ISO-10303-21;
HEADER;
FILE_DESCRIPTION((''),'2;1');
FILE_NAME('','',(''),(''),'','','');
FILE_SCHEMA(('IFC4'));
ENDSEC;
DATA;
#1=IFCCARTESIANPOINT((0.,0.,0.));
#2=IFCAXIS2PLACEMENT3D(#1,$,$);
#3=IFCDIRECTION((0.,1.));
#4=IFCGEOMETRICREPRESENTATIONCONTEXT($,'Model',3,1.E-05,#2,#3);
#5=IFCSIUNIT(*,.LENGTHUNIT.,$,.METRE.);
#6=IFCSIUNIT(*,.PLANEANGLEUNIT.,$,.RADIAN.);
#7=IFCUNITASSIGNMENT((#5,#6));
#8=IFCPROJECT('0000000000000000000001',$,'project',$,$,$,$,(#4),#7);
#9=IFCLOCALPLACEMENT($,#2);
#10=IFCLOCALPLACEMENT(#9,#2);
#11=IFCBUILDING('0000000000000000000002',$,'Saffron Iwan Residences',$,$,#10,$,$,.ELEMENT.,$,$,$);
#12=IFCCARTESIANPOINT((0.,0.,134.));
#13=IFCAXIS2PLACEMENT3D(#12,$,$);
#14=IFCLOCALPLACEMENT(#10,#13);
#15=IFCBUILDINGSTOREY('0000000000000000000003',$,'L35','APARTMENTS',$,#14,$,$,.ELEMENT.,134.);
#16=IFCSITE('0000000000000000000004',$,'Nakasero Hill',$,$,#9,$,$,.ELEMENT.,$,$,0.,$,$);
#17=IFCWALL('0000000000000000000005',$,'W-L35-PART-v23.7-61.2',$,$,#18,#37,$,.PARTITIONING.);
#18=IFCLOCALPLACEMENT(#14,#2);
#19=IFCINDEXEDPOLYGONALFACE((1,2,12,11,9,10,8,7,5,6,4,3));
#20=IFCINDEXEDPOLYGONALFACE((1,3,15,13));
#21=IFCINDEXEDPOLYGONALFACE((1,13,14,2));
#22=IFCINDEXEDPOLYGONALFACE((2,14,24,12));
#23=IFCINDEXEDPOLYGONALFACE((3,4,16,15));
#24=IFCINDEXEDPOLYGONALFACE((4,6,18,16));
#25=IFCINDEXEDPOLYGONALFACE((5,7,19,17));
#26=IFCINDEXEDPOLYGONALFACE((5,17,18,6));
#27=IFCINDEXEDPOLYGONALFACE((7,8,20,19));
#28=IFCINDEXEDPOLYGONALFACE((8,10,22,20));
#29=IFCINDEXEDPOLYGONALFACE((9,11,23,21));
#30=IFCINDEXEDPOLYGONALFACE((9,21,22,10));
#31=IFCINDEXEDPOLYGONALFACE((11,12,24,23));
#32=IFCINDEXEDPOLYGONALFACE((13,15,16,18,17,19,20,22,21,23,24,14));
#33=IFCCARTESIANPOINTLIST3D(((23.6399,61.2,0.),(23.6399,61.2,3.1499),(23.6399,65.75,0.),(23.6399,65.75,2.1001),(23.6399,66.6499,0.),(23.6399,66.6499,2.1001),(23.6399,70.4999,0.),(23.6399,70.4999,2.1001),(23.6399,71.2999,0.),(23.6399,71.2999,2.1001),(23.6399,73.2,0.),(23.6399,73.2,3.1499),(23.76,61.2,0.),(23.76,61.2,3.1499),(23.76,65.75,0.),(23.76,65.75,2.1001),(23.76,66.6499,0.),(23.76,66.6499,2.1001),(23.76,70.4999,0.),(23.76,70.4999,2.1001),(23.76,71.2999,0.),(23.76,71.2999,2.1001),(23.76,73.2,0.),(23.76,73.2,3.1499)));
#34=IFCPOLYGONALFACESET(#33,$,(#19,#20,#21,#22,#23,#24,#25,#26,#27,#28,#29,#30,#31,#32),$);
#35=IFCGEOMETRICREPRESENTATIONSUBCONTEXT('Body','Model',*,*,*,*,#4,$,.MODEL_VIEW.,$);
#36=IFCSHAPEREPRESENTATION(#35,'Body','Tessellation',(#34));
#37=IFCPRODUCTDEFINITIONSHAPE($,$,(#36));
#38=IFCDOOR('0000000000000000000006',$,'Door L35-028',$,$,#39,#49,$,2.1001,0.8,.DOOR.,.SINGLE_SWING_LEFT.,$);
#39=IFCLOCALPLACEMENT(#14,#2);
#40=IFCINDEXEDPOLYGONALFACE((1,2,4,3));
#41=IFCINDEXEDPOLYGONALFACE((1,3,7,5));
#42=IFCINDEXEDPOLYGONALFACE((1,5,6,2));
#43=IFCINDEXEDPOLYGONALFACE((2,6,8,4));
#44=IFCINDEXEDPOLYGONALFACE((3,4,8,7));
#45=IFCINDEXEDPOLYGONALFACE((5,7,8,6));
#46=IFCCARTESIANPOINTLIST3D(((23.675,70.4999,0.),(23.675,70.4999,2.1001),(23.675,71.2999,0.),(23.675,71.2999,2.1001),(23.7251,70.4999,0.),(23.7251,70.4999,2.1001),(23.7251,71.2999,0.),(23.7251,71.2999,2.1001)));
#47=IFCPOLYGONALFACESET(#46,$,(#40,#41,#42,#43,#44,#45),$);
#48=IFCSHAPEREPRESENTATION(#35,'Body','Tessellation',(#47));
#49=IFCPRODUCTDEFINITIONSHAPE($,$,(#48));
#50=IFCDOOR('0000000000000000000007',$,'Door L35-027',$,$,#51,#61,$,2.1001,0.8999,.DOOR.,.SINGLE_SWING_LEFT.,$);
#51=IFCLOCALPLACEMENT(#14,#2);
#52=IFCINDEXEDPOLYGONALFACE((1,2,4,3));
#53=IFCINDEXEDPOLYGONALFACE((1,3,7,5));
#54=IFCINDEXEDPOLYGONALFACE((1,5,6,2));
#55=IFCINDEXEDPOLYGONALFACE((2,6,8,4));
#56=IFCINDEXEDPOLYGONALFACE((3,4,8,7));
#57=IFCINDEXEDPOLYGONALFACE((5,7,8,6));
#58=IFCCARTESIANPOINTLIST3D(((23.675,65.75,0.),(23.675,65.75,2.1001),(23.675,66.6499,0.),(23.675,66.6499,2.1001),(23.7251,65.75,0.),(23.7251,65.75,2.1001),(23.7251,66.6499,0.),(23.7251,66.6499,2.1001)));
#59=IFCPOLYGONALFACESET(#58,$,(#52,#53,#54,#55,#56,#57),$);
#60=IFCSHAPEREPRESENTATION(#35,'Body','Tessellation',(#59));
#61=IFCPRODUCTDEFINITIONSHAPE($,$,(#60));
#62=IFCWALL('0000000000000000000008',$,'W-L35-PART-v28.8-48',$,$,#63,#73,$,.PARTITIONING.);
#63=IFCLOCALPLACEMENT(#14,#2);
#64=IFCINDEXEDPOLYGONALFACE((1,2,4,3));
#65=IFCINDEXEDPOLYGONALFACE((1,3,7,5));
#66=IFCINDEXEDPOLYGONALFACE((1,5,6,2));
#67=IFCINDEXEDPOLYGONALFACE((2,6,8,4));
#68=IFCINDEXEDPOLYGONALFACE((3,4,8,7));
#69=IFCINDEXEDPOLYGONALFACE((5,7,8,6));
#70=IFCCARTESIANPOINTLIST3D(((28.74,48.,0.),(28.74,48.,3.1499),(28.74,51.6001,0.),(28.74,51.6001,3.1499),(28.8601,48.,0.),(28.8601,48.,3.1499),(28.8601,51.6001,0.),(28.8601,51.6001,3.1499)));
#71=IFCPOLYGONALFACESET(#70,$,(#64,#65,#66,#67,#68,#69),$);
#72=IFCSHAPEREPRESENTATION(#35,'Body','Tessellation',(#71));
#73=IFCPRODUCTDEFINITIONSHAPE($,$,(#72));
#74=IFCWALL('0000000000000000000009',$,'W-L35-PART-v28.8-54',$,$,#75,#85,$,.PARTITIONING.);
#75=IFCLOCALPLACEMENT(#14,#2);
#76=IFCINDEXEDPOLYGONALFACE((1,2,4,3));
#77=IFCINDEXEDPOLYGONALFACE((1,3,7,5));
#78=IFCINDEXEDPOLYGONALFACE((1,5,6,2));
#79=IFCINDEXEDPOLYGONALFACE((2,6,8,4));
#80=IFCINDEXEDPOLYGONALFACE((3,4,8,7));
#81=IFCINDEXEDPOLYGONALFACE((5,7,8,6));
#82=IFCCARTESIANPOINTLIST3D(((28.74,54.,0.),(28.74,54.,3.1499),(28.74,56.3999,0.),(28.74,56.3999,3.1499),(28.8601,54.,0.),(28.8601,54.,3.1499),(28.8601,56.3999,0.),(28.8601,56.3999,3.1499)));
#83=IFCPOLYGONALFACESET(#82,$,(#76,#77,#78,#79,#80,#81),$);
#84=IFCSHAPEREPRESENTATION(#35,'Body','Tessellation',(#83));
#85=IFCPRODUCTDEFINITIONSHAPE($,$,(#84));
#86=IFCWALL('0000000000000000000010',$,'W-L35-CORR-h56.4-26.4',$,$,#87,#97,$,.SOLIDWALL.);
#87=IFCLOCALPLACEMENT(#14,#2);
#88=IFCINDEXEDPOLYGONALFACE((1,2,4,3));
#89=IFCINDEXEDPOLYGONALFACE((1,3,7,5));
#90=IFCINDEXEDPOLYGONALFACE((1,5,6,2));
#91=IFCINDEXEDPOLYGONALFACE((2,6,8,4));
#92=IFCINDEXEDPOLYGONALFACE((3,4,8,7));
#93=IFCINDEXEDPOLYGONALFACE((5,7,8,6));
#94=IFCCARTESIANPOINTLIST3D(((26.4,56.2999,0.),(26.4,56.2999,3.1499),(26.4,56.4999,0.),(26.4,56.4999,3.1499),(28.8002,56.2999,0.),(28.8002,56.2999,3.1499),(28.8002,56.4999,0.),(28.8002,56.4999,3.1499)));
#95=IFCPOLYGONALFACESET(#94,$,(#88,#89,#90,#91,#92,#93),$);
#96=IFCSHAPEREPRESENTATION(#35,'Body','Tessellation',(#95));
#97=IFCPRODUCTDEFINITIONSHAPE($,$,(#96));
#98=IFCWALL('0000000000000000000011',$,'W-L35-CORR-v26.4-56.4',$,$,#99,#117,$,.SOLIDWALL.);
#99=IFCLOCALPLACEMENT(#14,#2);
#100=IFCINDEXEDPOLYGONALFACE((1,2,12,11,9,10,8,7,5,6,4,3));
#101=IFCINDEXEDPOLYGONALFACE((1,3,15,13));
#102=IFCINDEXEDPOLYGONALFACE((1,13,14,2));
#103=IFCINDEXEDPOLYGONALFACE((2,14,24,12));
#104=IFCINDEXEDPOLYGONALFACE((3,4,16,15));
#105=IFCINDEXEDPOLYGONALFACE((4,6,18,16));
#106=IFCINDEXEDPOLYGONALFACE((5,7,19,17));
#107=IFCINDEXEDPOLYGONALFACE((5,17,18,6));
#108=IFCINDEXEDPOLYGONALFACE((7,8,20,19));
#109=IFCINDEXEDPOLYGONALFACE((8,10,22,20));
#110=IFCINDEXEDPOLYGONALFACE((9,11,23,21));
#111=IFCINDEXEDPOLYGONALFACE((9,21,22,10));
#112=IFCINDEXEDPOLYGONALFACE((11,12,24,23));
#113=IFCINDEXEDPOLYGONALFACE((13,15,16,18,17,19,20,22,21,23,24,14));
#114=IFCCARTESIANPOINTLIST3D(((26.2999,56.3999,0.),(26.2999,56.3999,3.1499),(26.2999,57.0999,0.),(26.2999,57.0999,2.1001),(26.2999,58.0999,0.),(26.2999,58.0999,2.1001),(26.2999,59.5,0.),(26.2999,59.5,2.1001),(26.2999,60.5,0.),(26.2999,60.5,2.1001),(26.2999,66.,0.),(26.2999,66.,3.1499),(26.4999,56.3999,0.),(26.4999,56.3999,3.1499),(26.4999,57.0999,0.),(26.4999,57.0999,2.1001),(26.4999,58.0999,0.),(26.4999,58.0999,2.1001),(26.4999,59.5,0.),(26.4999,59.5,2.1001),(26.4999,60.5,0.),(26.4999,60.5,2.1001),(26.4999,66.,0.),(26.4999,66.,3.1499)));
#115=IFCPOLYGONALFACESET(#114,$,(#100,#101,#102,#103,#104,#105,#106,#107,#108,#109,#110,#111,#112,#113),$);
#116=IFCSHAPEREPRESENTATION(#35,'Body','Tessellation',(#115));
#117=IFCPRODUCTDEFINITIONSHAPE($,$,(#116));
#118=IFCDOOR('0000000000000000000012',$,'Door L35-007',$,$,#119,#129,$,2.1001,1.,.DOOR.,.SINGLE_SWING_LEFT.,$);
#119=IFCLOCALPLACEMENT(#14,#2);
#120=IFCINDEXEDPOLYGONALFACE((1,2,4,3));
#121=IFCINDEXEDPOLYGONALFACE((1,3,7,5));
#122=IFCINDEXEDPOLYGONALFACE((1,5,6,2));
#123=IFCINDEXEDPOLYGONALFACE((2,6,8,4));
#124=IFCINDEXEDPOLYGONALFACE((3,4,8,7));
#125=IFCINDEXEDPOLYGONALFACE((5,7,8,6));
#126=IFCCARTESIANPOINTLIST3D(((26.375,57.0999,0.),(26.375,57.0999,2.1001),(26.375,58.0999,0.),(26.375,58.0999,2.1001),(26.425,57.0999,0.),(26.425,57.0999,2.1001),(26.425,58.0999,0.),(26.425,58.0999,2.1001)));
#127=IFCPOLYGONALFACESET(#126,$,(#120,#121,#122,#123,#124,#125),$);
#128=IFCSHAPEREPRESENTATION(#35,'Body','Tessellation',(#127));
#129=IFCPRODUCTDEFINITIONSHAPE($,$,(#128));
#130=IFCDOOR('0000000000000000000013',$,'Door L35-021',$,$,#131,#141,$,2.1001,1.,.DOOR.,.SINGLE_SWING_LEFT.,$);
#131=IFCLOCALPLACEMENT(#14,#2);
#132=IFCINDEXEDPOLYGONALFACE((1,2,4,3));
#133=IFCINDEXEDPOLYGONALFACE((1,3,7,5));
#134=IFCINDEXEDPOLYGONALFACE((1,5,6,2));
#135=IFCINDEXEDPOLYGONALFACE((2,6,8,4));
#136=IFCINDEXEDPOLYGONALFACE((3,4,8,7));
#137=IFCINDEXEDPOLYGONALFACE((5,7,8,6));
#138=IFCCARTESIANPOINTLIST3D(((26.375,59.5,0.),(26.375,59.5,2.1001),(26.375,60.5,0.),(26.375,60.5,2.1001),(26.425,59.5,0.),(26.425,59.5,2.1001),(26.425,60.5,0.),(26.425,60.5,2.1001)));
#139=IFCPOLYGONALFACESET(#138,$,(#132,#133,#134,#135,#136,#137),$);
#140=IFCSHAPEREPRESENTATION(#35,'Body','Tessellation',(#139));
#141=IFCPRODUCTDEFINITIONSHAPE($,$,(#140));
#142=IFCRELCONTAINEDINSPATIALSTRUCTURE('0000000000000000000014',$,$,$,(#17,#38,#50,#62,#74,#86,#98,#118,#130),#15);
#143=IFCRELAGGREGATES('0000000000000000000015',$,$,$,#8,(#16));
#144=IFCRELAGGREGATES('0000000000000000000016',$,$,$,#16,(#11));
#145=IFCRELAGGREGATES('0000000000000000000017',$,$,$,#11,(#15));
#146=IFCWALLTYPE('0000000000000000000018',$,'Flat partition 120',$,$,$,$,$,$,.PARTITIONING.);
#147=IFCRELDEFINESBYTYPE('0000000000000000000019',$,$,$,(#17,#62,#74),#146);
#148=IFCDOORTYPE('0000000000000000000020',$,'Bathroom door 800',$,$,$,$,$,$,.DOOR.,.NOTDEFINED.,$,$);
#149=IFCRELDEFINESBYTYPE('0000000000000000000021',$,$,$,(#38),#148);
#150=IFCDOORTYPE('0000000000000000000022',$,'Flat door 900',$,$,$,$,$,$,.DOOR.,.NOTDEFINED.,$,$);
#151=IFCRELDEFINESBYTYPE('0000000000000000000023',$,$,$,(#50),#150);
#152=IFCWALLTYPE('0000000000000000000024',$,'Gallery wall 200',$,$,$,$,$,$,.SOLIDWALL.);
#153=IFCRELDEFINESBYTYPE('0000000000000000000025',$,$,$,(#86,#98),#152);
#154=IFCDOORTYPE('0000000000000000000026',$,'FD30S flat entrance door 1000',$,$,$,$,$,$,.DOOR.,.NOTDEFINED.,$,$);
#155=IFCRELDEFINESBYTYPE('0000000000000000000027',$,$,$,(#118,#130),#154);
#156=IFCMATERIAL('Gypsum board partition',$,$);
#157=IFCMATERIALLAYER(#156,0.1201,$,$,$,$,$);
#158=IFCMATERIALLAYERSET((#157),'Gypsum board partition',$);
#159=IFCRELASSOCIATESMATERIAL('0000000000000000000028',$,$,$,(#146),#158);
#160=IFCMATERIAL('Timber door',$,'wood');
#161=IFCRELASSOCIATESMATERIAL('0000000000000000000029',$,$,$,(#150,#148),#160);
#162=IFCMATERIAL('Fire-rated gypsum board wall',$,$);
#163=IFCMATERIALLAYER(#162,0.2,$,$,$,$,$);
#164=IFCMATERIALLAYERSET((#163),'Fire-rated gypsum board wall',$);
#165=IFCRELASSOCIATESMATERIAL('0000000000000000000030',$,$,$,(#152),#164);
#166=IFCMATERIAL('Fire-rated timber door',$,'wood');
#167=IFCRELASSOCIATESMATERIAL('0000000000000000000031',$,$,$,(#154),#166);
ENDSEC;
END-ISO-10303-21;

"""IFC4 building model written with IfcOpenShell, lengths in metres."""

from ifc_helpers import new_model, si_unit, direction, frame, frame_2d, origin, place, context, subcontext, project, spatial, rectangle, extrude, material, layer, layer_set, type_object, element, fill, save


model = new_model("IFC4")

# Units and contexts
model_context = context("Model", 3, precision=1e-05, world=origin(), true_north=direction((0.0, 1.0)))
body_context = subcontext(model_context, "Body", "Model", "MODEL_VIEW")
ifc_project = project(units=[si_unit("LENGTHUNIT", "METRE"), si_unit("PLANEANGLEUNIT", "RADIAN")], contexts=[model_context])

# Site, building, storey
site_placement = place(None, origin())
site = spatial("IfcSite", under=ifc_project, at=site_placement, Name="Nakasero Hill", CompositionType="ELEMENT", RefElevation=0.0)
building_placement = place(site_placement, origin())
building = spatial("IfcBuilding", under=site, at=building_placement, Name="Saffron Iwan Residences", CompositionType="ELEMENT")
storey_placement = place(building_placement, frame((0.0, 0.0, 134.0)))
storey = spatial("IfcBuildingStorey", under=building, at=storey_placement, Name="L35", Description="APARTMENTS", CompositionType="ELEMENT", Elevation=134.0)

# Shared definitions
ifc_material_1 = material(Name="Gypsum board partition")
ifc_layer_1 = layer(ifc_material_1, 0.1201)
ifc_layer_set_1 = layer_set([ifc_layer_1], Name="Gypsum board partition")
wall_type_1 = type_object("IfcWallType", Name="Flat partition 120", PredefinedType="PARTITIONING", material=ifc_layer_set_1)

# Shared definitions
ifc_material_2 = material(Name="Timber door", Category="wood")
door_type_1 = type_object("IfcDoorType", Name="Flat door 900", OperationType="NOTDEFINED", PredefinedType="DOOR", material=ifc_material_2)

# Wall, openings, doors
wall_1_placement = place(storey_placement, frame((23.7, 61.2, 0.0), z_axis=(0.0, 0.0, 1.0), x_axis=(0.0, 1.0, 0.0)))
wall_1 = element("IfcWall", 1, at=wall_1_placement, inside=storey, type_object=wall_type_1, Name="W-L35-PART-v23.7-61.2", PredefinedType="PARTITIONING", context=body_context, shape_type="SweptSolid", body=[
    extrude(rectangle(XDim=12.0, YDim=0.1201, at=frame_2d((6.0, 0.0))), origin(), (0.0, 0.0, 1.0), 3.1499),
])
opening_1_placement = place(wall_1_placement, frame((4.55, 0.0, 0.0)))
opening_1 = element("IfcOpeningElement", 2, at=opening_1_placement, cuts=wall_1, PredefinedType="OPENING", context=body_context, shape_type="SweptSolid", body=[
    extrude(rectangle(XDim=0.8999, YDim=2.1001, at=frame_2d((0.45, 1.05))), frame((0.0, 0.0701, 0.0), z_axis=(0.0, -1.0, 0.0), x_axis=(1.0, 0.0, 0.0)), (0.0, 0.0, 1.0), 0.1401),
])
opening_2_placement = place(wall_1_placement, frame((9.3, 0.0, 0.0)))
opening_2 = element("IfcOpeningElement", 3, at=opening_2_placement, cuts=wall_1, PredefinedType="OPENING", context=body_context, shape_type="SweptSolid", body=[
    extrude(rectangle(XDim=0.8, YDim=2.1001, at=frame_2d((0.3999, 1.05))), frame((0.0, 0.0701, 0.0), z_axis=(0.0, -1.0, 0.0), x_axis=(1.0, 0.0, 0.0)), (0.0, 0.0, 1.0), 0.1401),
])
door_type_2 = type_object("IfcDoorType", Name="Bathroom door 800", OperationType="NOTDEFINED", PredefinedType="DOOR", material=ifc_material_2)
door_1_placement = place(opening_2_placement, origin())
door_1 = element("IfcDoor", 4, at=door_1_placement, inside=storey, type_object=door_type_2, Name="Door L35-028", OperationType="SINGLE_SWING_LEFT", OverallHeight=2.1001, OverallWidth=0.8, PredefinedType="DOOR", context=body_context, shape_type="SweptSolid", body=[
    extrude(rectangle(XDim=0.8, YDim=2.1001, at=frame_2d((0.3999, 1.05))), frame((0.0, 0.0249, 0.0), z_axis=(0.0, -1.0, 0.0), x_axis=(1.0, 0.0, 0.0)), (0.0, 0.0, 1.0), 0.05),
])
fill(opening_2, door_1)
door_2_placement = place(opening_1_placement, origin())
door_2 = element("IfcDoor", 5, at=door_2_placement, inside=storey, type_object=door_type_1, Name="Door L35-027", OperationType="SINGLE_SWING_LEFT", OverallHeight=2.1001, OverallWidth=0.8999, PredefinedType="DOOR", context=body_context, shape_type="SweptSolid", body=[
    extrude(rectangle(XDim=0.8999, YDim=2.1001, at=frame_2d((0.45, 1.05))), frame((0.0, 0.0249, 0.0), z_axis=(0.0, -1.0, 0.0), x_axis=(1.0, 0.0, 0.0)), (0.0, 0.0, 1.0), 0.05),
])
fill(opening_1, door_2)

# Walls
wall_2_placement = place(storey_placement, frame((28.8, 48.0, 0.0), z_axis=(0.0, 0.0, 1.0), x_axis=(0.0, 1.0, 0.0)))
element("IfcWall", 6, at=wall_2_placement, inside=storey, type_object=wall_type_1, Name="W-L35-PART-v28.8-48", PredefinedType="PARTITIONING", context=body_context, shape_type="SweptSolid", body=[
    extrude(rectangle(XDim=3.6001, YDim=0.1201, at=frame_2d((1.8, 0.0))), origin(), (0.0, 0.0, 1.0), 3.1499),
])
wall_3_placement = place(storey_placement, frame((28.8, 54.0, 0.0), z_axis=(0.0, 0.0, 1.0), x_axis=(0.0, 1.0, 0.0)))
element("IfcWall", 7, at=wall_3_placement, inside=storey, type_object=wall_type_1, Name="W-L35-PART-v28.8-54", PredefinedType="PARTITIONING", context=body_context, shape_type="SweptSolid", body=[
    extrude(rectangle(XDim=2.3999, YDim=0.1201, at=frame_2d((1.2, 0.0))), origin(), (0.0, 0.0, 1.0), 3.1499),
])
ifc_material_3 = material(Name="Fire-rated gypsum board wall")
ifc_layer_2 = layer(ifc_material_3, 0.2)
ifc_layer_set_2 = layer_set([ifc_layer_2], Name="Fire-rated gypsum board wall")
wall_type_2 = type_object("IfcWallType", Name="Gallery wall 200", PredefinedType="SOLIDWALL", material=ifc_layer_set_2)
wall_4_placement = place(storey_placement, frame((26.3999, 56.3999, 0.0), z_axis=(0.0, 0.0, 1.0), x_axis=(1.0, 0.0, 0.0)))
element("IfcWall", 8, at=wall_4_placement, inside=storey, type_object=wall_type_2, Name="W-L35-CORR-h56.4-26.4", PredefinedType="SOLIDWALL", context=body_context, shape_type="SweptSolid", body=[
    extrude(rectangle(XDim=2.4001, YDim=0.2, at=frame_2d((1.2002, 0.0))), origin(), (0.0, 0.0, 1.0), 3.1499),
])

# Wall, openings, doors
wall_5_placement = place(storey_placement, frame((26.3999, 56.3999, 0.0), z_axis=(0.0, 0.0, 1.0), x_axis=(0.0, 1.0, 0.0)))
wall_5 = element("IfcWall", 9, at=wall_5_placement, inside=storey, type_object=wall_type_2, Name="W-L35-CORR-v26.4-56.4", PredefinedType="SOLIDWALL", context=body_context, shape_type="SweptSolid", body=[
    extrude(rectangle(XDim=9.6001, YDim=0.2, at=frame_2d((4.8, 0.0))), origin(), (0.0, 0.0, 1.0), 3.1499),
])
opening_3_placement = place(wall_5_placement, frame((0.7, 0.0, 0.0)))
opening_3 = element("IfcOpeningElement", 10, at=opening_3_placement, cuts=wall_5, PredefinedType="OPENING", context=body_context, shape_type="SweptSolid", body=[
    extrude(rectangle(XDim=1.0, YDim=2.1001, at=frame_2d((0.5, 1.05))), frame((0.0, 0.1099, 0.0), z_axis=(0.0, -1.0, 0.0), x_axis=(1.0, 0.0, 0.0)), (0.0, 0.0, 1.0), 0.22),
])
opening_4_placement = place(wall_5_placement, frame((3.1001, 0.0, 0.0)))
opening_4 = element("IfcOpeningElement", 11, at=opening_4_placement, cuts=wall_5, PredefinedType="OPENING", context=body_context, shape_type="SweptSolid", body=[
    extrude(rectangle(XDim=1.0, YDim=2.1001, at=frame_2d((0.5, 1.05))), frame((0.0, 0.1099, 0.0), z_axis=(0.0, -1.0, 0.0), x_axis=(1.0, 0.0, 0.0)), (0.0, 0.0, 1.0), 0.22),
])
ifc_material_4 = material(Name="Fire-rated timber door", Category="wood")
door_type_3 = type_object("IfcDoorType", Name="FD30S flat entrance door 1000", OperationType="NOTDEFINED", PredefinedType="DOOR", material=ifc_material_4)
door_3_placement = place(opening_3_placement, origin())
door_3 = element("IfcDoor", 12, at=door_3_placement, inside=storey, type_object=door_type_3, Name="Door L35-007", OperationType="SINGLE_SWING_LEFT", OverallHeight=2.1001, OverallWidth=1.0, PredefinedType="DOOR", context=body_context, shape_type="SweptSolid", body=[
    extrude(rectangle(XDim=1.0, YDim=2.1001, at=frame_2d((0.5, 1.05))), frame((0.0, 0.0249, 0.0), z_axis=(0.0, -1.0, 0.0), x_axis=(1.0, 0.0, 0.0)), (0.0, 0.0, 1.0), 0.05),
])
fill(opening_3, door_3)
door_4_placement = place(opening_4_placement, origin())
door_4 = element("IfcDoor", 13, at=door_4_placement, inside=storey, type_object=door_type_3, Name="Door L35-021", OperationType="SINGLE_SWING_LEFT", OverallHeight=2.1001, OverallWidth=1.0, PredefinedType="DOOR", context=body_context, shape_type="SweptSolid", body=[
    extrude(rectangle(XDim=1.0, YDim=2.1001, at=frame_2d((0.5, 1.05))), frame((0.0, 0.0249, 0.0), z_axis=(0.0, -1.0, 0.0), x_axis=(1.0, 0.0, 0.0)), (0.0, 0.0, 1.0), 0.05),
])
fill(opening_4, door_4)

save(model, "model.ifc")
